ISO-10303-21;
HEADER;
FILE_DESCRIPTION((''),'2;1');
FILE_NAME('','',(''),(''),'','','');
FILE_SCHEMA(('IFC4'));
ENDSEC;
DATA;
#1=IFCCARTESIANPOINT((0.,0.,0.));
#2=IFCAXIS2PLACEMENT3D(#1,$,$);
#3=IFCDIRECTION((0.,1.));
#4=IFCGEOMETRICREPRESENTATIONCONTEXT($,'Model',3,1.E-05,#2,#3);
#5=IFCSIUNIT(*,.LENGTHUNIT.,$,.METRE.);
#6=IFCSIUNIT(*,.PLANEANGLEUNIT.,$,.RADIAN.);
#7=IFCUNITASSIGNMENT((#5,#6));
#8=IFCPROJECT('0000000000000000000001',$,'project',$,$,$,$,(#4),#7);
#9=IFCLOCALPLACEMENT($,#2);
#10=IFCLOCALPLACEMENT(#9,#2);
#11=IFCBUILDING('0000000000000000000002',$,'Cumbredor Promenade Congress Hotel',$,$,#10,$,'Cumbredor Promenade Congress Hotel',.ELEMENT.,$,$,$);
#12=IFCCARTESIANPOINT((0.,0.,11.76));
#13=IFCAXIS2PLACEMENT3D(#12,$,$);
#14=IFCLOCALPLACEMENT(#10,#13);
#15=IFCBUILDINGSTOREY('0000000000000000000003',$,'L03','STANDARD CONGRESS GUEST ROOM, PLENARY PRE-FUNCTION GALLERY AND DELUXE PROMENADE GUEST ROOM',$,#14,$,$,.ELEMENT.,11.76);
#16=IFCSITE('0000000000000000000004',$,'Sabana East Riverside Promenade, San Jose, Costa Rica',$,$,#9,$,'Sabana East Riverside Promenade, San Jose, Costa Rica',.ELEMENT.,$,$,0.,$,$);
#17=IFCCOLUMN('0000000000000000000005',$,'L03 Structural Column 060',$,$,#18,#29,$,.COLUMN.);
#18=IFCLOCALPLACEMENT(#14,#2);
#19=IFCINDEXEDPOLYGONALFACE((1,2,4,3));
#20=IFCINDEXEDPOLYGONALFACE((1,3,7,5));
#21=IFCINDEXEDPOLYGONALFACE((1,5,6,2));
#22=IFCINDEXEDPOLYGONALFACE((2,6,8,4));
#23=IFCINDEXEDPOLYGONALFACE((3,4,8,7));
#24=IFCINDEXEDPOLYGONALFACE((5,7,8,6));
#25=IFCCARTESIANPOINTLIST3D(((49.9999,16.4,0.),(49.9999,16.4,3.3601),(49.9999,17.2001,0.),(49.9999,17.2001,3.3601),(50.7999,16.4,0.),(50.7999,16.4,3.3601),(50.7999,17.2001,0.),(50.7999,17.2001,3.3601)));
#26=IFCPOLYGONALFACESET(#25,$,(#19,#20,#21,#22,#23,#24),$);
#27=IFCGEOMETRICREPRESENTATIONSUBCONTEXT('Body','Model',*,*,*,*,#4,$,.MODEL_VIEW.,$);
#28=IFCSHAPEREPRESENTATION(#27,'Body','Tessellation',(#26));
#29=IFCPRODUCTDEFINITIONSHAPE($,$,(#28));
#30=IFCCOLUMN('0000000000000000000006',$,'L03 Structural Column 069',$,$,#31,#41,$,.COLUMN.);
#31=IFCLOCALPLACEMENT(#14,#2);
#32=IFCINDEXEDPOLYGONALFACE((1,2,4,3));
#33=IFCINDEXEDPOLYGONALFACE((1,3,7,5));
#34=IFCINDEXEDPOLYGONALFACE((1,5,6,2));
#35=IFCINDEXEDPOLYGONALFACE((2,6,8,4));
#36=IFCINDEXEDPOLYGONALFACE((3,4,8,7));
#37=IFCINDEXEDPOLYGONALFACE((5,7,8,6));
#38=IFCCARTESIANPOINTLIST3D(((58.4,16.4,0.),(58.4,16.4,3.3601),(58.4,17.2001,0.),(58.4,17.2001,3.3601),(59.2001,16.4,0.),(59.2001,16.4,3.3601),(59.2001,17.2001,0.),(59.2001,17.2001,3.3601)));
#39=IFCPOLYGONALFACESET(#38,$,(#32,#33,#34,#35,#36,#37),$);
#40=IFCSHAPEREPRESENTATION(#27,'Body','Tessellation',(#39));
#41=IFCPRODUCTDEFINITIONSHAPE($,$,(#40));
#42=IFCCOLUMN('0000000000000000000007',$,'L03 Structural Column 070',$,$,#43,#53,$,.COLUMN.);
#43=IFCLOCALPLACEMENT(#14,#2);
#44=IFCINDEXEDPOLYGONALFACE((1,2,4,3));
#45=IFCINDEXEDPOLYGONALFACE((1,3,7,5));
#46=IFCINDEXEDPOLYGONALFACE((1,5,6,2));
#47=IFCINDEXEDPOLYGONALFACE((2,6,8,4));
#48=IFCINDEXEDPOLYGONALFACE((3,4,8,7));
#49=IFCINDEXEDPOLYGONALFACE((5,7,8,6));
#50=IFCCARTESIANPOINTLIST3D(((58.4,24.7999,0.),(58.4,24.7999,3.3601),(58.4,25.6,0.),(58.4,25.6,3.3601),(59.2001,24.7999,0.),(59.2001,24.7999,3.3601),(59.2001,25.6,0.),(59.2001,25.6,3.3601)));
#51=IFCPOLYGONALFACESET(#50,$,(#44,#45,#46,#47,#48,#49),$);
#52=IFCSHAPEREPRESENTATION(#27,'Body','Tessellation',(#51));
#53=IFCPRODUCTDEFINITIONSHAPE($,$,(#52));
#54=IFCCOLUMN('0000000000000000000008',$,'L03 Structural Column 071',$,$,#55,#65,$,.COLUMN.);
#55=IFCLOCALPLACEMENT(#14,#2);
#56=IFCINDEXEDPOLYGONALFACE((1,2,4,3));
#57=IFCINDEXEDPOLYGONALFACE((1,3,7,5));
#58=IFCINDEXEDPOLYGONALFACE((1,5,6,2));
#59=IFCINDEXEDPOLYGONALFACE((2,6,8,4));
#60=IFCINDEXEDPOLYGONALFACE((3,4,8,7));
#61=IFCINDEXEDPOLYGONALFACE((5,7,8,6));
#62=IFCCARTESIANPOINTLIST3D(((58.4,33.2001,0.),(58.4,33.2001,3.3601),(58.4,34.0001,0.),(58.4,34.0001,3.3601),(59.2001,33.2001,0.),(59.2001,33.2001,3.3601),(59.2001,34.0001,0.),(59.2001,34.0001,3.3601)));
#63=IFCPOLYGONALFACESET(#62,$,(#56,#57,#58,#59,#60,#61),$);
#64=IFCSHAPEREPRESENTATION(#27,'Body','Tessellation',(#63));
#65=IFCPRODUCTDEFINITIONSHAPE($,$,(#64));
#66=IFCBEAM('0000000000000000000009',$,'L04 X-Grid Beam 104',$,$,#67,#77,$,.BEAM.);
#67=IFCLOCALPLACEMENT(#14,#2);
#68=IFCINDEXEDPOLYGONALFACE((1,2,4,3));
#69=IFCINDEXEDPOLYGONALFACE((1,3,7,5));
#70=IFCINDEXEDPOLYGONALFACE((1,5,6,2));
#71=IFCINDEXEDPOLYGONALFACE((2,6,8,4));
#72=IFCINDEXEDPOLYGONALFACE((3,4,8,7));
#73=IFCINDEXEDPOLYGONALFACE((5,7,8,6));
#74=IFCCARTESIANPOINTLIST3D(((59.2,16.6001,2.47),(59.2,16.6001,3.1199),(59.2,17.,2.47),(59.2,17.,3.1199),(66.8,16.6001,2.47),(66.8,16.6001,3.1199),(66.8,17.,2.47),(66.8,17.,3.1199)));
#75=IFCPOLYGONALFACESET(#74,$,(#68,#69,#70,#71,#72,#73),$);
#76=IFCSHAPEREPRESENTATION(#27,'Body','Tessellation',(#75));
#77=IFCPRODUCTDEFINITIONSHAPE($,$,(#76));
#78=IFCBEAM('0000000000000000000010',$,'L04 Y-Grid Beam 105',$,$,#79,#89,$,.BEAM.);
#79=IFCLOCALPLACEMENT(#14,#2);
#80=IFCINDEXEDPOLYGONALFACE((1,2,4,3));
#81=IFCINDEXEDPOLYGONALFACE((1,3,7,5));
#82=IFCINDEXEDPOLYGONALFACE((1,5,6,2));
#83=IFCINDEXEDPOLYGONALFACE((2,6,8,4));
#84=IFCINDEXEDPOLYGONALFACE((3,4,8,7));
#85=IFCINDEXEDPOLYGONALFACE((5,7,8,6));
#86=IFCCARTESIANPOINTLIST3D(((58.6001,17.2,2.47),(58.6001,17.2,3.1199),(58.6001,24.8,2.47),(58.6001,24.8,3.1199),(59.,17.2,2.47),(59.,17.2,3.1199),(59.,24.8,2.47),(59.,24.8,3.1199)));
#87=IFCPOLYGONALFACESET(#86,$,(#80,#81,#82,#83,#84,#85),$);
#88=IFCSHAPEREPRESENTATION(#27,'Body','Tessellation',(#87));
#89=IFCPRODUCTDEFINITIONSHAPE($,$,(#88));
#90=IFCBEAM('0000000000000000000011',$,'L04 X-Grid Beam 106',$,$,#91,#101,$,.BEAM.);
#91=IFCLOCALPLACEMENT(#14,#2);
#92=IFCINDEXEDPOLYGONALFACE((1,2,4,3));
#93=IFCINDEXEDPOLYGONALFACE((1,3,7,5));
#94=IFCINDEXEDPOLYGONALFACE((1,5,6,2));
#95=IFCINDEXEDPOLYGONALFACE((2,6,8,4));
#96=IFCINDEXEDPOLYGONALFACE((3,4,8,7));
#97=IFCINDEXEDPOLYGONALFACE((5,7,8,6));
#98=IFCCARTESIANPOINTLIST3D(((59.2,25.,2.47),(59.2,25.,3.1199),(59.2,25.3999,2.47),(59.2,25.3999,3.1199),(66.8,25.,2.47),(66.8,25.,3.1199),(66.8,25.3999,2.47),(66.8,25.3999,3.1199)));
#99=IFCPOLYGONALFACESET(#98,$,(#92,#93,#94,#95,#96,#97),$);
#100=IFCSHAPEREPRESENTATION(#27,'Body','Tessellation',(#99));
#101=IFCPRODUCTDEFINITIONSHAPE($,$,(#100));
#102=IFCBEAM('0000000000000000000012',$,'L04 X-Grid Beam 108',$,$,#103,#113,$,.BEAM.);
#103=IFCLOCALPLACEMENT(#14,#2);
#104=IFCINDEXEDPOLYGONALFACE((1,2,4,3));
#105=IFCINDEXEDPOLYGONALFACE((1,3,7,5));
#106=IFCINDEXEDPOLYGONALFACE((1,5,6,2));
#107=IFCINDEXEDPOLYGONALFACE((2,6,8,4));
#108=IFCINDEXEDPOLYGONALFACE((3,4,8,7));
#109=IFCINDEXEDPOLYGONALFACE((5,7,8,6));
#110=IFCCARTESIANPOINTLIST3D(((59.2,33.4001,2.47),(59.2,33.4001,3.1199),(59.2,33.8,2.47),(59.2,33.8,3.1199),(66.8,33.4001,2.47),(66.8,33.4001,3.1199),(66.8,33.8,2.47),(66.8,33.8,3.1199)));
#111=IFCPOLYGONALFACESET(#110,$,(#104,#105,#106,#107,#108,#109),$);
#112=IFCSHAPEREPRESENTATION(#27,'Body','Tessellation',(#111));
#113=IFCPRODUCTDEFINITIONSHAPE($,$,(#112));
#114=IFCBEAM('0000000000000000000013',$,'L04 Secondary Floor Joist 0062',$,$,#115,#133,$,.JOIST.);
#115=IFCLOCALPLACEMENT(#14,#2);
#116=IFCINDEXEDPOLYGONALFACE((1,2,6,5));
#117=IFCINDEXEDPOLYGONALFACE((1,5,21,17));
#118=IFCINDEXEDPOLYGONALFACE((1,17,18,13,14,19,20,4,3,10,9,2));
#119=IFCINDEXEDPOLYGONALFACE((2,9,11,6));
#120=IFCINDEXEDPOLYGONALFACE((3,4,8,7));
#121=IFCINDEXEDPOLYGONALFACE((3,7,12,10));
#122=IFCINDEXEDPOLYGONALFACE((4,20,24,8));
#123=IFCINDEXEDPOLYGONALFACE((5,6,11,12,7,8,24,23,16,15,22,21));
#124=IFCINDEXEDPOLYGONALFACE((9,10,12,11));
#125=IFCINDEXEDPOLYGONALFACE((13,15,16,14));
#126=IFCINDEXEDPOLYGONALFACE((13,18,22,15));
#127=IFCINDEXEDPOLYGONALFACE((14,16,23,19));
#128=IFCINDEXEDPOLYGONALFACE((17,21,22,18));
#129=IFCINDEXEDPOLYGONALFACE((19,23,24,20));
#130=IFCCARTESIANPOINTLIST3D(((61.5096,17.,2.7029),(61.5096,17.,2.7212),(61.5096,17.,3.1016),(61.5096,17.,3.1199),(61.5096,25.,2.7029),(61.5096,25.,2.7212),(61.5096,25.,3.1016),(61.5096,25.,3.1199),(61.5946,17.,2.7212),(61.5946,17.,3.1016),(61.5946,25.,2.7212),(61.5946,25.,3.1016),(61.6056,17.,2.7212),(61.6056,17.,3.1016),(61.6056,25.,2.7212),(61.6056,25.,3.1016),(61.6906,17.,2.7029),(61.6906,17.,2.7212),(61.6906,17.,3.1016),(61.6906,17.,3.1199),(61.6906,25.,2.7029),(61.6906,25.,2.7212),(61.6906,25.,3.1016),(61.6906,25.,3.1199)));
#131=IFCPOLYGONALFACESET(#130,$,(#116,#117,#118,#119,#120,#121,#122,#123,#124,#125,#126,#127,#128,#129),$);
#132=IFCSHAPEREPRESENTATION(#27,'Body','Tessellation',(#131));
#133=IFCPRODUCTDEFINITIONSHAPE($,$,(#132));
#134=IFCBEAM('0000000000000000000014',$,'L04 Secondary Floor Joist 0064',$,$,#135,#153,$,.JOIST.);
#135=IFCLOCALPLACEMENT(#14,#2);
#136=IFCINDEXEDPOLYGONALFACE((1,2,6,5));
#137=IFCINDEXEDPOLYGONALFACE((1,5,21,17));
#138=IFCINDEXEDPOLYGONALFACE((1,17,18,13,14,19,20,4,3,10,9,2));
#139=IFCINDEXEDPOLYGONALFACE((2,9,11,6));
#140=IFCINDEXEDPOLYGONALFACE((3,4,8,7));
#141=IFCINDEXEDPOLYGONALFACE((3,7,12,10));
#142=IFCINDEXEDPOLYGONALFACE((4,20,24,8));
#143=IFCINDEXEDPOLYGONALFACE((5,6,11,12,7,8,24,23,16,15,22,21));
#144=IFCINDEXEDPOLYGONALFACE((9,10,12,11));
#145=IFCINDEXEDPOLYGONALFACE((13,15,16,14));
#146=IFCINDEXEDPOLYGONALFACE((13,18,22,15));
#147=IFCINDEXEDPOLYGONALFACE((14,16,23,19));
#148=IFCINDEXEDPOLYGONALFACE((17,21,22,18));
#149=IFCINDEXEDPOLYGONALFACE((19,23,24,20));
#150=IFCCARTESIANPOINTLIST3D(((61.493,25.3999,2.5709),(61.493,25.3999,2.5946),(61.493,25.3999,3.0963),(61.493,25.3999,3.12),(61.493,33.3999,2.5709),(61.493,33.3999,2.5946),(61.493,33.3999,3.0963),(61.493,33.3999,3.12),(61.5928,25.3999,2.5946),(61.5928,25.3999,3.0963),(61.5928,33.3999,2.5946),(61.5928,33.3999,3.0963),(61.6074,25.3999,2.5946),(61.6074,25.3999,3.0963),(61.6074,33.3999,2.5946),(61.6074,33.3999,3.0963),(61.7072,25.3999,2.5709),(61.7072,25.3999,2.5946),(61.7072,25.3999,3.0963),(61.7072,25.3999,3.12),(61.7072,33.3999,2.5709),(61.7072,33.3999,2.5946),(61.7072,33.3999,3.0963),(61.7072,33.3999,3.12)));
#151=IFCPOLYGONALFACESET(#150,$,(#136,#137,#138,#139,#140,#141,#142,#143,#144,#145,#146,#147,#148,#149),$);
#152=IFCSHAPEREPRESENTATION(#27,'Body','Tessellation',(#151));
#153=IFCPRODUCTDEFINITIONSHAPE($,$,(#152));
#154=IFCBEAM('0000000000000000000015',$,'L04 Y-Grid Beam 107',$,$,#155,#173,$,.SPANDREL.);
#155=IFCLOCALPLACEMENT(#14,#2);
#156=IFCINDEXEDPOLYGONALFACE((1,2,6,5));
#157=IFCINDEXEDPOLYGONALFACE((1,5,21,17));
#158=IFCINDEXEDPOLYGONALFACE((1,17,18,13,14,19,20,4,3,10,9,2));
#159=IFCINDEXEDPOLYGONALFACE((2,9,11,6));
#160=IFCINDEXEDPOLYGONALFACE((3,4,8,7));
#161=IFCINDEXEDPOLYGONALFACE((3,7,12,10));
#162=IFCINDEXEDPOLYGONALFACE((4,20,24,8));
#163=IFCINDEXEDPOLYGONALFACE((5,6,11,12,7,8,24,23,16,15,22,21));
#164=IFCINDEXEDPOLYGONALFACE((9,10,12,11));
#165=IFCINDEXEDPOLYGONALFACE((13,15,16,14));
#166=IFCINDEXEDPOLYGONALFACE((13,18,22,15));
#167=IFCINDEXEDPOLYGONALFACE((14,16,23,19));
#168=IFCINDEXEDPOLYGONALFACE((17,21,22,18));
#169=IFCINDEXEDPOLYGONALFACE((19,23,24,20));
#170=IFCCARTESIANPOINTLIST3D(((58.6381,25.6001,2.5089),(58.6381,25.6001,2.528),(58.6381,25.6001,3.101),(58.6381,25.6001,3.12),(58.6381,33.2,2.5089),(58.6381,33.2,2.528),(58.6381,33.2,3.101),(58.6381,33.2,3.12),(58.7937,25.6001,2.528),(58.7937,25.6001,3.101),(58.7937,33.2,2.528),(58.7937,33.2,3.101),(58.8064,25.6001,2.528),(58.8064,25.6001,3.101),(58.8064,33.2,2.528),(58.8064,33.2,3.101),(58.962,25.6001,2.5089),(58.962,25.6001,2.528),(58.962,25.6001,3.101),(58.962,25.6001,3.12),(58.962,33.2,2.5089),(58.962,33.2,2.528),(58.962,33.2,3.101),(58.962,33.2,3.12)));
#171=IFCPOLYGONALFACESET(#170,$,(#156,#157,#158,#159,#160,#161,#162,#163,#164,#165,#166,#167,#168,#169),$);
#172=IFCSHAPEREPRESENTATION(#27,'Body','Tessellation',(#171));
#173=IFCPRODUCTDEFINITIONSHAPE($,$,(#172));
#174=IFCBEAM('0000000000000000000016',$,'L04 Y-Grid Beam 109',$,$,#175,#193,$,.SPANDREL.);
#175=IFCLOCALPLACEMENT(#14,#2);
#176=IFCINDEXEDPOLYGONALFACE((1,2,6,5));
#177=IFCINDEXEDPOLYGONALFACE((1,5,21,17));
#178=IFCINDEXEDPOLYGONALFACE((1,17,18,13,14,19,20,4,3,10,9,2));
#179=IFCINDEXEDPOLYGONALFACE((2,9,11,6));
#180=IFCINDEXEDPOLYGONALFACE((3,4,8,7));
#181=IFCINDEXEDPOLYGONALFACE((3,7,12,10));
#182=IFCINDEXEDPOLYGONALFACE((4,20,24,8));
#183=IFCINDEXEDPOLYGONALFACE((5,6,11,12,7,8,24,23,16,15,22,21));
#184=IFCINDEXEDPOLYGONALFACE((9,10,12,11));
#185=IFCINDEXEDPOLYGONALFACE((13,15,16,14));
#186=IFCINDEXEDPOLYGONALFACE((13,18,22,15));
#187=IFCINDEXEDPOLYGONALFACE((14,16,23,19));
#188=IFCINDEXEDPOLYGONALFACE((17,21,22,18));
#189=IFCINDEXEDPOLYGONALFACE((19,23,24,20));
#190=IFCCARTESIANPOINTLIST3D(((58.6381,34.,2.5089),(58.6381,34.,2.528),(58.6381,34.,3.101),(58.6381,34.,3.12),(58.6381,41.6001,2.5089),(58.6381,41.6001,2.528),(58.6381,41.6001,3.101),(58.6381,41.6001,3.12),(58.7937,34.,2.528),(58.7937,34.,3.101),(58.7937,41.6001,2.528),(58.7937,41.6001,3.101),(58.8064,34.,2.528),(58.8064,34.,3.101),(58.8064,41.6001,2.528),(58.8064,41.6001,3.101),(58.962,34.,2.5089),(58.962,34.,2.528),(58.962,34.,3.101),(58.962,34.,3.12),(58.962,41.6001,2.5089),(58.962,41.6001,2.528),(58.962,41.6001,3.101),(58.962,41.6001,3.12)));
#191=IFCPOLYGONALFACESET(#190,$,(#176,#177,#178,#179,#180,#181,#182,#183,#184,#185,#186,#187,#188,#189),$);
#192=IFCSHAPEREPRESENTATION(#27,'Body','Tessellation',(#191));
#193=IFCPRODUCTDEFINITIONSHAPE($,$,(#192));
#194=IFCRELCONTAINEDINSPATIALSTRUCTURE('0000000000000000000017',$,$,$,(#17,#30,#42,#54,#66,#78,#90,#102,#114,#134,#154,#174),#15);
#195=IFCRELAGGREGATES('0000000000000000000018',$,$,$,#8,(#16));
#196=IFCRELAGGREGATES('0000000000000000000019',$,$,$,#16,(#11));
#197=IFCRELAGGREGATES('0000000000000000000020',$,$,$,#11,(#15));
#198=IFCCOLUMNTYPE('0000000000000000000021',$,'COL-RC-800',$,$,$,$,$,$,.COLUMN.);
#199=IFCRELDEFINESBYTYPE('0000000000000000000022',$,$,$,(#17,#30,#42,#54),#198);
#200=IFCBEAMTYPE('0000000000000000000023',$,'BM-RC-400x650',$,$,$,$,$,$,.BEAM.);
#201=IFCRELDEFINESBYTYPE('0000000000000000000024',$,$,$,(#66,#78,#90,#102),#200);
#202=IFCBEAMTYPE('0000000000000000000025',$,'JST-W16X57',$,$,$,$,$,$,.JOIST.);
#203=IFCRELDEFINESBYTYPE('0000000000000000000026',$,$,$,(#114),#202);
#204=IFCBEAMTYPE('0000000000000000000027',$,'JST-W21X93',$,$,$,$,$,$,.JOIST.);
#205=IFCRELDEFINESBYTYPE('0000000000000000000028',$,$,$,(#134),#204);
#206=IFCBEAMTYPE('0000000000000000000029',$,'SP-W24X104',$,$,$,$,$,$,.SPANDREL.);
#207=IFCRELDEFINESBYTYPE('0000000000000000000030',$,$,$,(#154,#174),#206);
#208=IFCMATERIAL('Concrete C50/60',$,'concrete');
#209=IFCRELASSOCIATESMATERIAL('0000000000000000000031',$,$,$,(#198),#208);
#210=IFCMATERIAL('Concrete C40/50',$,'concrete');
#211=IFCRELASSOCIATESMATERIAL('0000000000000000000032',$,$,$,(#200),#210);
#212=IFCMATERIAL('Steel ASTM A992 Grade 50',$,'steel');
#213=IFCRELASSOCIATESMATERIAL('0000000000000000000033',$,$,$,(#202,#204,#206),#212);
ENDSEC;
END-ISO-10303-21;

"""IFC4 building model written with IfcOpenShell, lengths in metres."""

from ifc_helpers import new_model, si_unit, direction, frame, origin, origin_2d, place, context, subcontext, project, spatial, rectangle, i_section, extrude, material, material_profile, profile_set, type_object, element, save


model = new_model("IFC4")

# Units and contexts
model_context = context("Model", 3, precision=1e-05, world=origin(), true_north=direction((0.0, 1.0)))
body_context = subcontext(model_context, "Body", "Model", "MODEL_VIEW")
ifc_project = project(units=[si_unit("LENGTHUNIT", "METRE"), si_unit("PLANEANGLEUNIT", "RADIAN")], contexts=[model_context])

# Site, building, storey
site_placement = place(None, origin())
site = spatial("IfcSite", under=ifc_project, at=site_placement, Name="Sabana East Riverside Promenade, San Jose, Costa Rica", LongName="Sabana East Riverside Promenade, San Jose, Costa Rica", CompositionType="ELEMENT", RefElevation=0.0)
building_placement = place(site_placement, origin())
building = spatial("IfcBuilding", under=site, at=building_placement, Name="Cumbredor Promenade Congress Hotel", LongName="Cumbredor Promenade Congress Hotel", CompositionType="ELEMENT")
storey_placement = place(building_placement, frame((0.0, 0.0, 11.76)))
storey = spatial("IfcBuildingStorey", under=building, at=storey_placement, Name="L03", Description="STANDARD CONGRESS GUEST ROOM, PLENARY PRE-FUNCTION GALLERY AND DELUXE PROMENADE GUEST ROOM", CompositionType="ELEMENT", Elevation=11.76)

# Columns
ifc_material_1 = material(Name="Concrete C50/60", Category="concrete")
ifc_material_profile_1 = material_profile(ifc_material_1, rectangle(XDim=0.8, YDim=0.8, at=origin_2d()), Name="RC 800x800")
ifc_profile_set_1 = profile_set([ifc_material_profile_1], Name="Concrete C50/60")
column_type = type_object("IfcColumnType", Name="COL-RC-800", PredefinedType="COLUMN", material=ifc_profile_set_1)
for number, where, z_axis, x_axis, name in (
    (1, (50.3999, 16.8, 0.0), (0.0, 0.0, 1.0), (1.0, 0.0, 0.0), "L03 Structural Column 060"),
    (2, (58.8, 16.8, 0.0), (0.0, 0.0, 1.0), (1.0, 0.0, 0.0), "L03 Structural Column 069"),
    (3, (58.8, 25.2, 0.0), (0.0, 0.0, 1.0), (1.0, 0.0, 0.0), "L03 Structural Column 070"),
    (4, (58.8, 33.6001, 0.0), (0.0, 0.0, 1.0), (1.0, 0.0, 0.0), "L03 Structural Column 071"),
):
    element("IfcColumn", number, at=place(storey_placement, frame(where, z_axis=z_axis, x_axis=x_axis)), inside=storey, type_object=column_type, Name=name, PredefinedType="COLUMN", context=body_context, shape_type="SweptSolid", body=[
        extrude(rectangle(XDim=0.8, YDim=0.8, at=origin_2d()), origin(), (0.0, 0.0, 1.0), 3.3601),
    ])

# Beams
ifc_material_2 = material(Name="Concrete C40/50", Category="concrete")
ifc_material_profile_2 = material_profile(ifc_material_2, rectangle(XDim=0.3999, YDim=0.6499, at=origin_2d()), Name="RC BEAM 400x650")
ifc_profile_set_2 = profile_set([ifc_material_profile_2], Name="Concrete C40/50")
beam_type_1 = type_object("IfcBeamType", Name="BM-RC-400x650", PredefinedType="BEAM", material=ifc_profile_set_2)
for number, where, z_axis, x_axis, name in (
    (5, (59.2, 16.8, 2.7949), (1.0, 0.0, 0.0), (0.0, 1.0, 0.0), "L04 X-Grid Beam 104"),
    (6, (58.8, 17.2, 2.7949), (0.0, 1.0, 0.0), (-1.0, 0.0, 0.0), "L04 Y-Grid Beam 105"),
    (7, (59.2, 25.2, 2.7949), (1.0, 0.0, 0.0), (0.0, 1.0, 0.0), "L04 X-Grid Beam 106"),
    (8, (59.2, 33.6001, 2.7949), (1.0, 0.0, 0.0), (0.0, 1.0, 0.0), "L04 X-Grid Beam 108"),
):
    element("IfcBeam", number, at=place(storey_placement, frame(where, z_axis=z_axis, x_axis=x_axis)), inside=storey, type_object=beam_type_1, Name=name, PredefinedType="BEAM", context=body_context, shape_type="SweptSolid", body=[
        extrude(rectangle(XDim=0.3999, YDim=0.6499, at=origin_2d()), origin(), (0.0, 0.0, 1.0), 7.6001),
    ])
ifc_material_3 = material(Name="Steel ASTM A992 Grade 50", Category="steel")
ifc_material_profile_3 = material_profile(ifc_material_3, i_section(OverallWidth=0.1809, OverallDepth=0.417, WebThickness=0.011, FlangeThickness=0.0183, at=origin_2d()), Name="W16X57")
ifc_profile_set_3 = profile_set([ifc_material_profile_3], Name="Steel ASTM A992 Grade 50")
beam_type_2 = type_object("IfcBeamType", Name="JST-W16X57", PredefinedType="JOIST", material=ifc_profile_set_3)
beam_1_placement = place(storey_placement, frame((61.6001, 17.0, 2.9114), z_axis=(0.0, 1.0, 0.0), x_axis=(-1.0, 0.0, 0.0)))
element("IfcBeam", 9, at=beam_1_placement, inside=storey, type_object=beam_type_2, Name="L04 Secondary Floor Joist 0062", PredefinedType="JOIST", context=body_context, shape_type="SweptSolid", body=[
    extrude(i_section(OverallWidth=0.1809, OverallDepth=0.417, WebThickness=0.011, FlangeThickness=0.0183, at=origin_2d()), origin(), (0.0, 0.0, 1.0), 8.0),
])
ifc_material_profile_4 = material_profile(ifc_material_3, i_section(OverallWidth=0.2141, OverallDepth=0.5491, WebThickness=0.0146, FlangeThickness=0.0237, at=origin_2d()), Name="W21X93")
ifc_profile_set_4 = profile_set([ifc_material_profile_4], Name="Steel ASTM A992 Grade 50")
beam_type_3 = type_object("IfcBeamType", Name="JST-W21X93", PredefinedType="JOIST", material=ifc_profile_set_4)
beam_2_placement = place(storey_placement, frame((61.6001, 25.3999, 2.8455), z_axis=(0.0, 1.0, 0.0), x_axis=(-1.0, 0.0, 0.0)))
element("IfcBeam", 10, at=beam_2_placement, inside=storey, type_object=beam_type_3, Name="L04 Secondary Floor Joist 0064", PredefinedType="JOIST", context=body_context, shape_type="SweptSolid", body=[
    extrude(i_section(OverallWidth=0.2141, OverallDepth=0.5491, WebThickness=0.0146, FlangeThickness=0.0237, at=origin_2d()), origin(), (0.0, 0.0, 1.0), 8.0),
])
ifc_material_profile_5 = material_profile(ifc_material_3, i_section(OverallWidth=0.324, OverallDepth=0.6111, WebThickness=0.0127, FlangeThickness=0.019, at=origin_2d()), Name="W24X104")
ifc_profile_set_5 = profile_set([ifc_material_profile_5], Name="Steel ASTM A992 Grade 50")
beam_type_4 = type_object("IfcBeamType", Name="SP-W24X104", PredefinedType="SPANDREL", material=ifc_profile_set_5)
beam_3_placement = place(storey_placement, frame((58.8, 25.6001, 2.8145), z_axis=(0.0, 1.0, 0.0), x_axis=(-1.0, 0.0, 0.0)))
element("IfcBeam", 11, at=beam_3_placement, inside=storey, type_object=beam_type_4, Name="L04 Y-Grid Beam 107", PredefinedType="SPANDREL", context=body_context, shape_type="SweptSolid", body=[
    extrude(i_section(OverallWidth=0.324, OverallDepth=0.6111, WebThickness=0.0127, FlangeThickness=0.019, at=origin_2d()), origin(), (0.0, 0.0, 1.0), 7.5999),
])
beam_4_placement = place(storey_placement, frame((58.8, 34.0, 2.8145), z_axis=(0.0, 1.0, 0.0), x_axis=(-1.0, 0.0, 0.0)))
element("IfcBeam", 12, at=beam_4_placement, inside=storey, type_object=beam_type_4, Name="L04 Y-Grid Beam 109", PredefinedType="SPANDREL", context=body_context, shape_type="SweptSolid", body=[
    extrude(i_section(OverallWidth=0.324, OverallDepth=0.6111, WebThickness=0.0127, FlangeThickness=0.019, at=origin_2d()), origin(), (0.0, 0.0, 1.0), 7.6001),
])

save(model, "model.ifc")
